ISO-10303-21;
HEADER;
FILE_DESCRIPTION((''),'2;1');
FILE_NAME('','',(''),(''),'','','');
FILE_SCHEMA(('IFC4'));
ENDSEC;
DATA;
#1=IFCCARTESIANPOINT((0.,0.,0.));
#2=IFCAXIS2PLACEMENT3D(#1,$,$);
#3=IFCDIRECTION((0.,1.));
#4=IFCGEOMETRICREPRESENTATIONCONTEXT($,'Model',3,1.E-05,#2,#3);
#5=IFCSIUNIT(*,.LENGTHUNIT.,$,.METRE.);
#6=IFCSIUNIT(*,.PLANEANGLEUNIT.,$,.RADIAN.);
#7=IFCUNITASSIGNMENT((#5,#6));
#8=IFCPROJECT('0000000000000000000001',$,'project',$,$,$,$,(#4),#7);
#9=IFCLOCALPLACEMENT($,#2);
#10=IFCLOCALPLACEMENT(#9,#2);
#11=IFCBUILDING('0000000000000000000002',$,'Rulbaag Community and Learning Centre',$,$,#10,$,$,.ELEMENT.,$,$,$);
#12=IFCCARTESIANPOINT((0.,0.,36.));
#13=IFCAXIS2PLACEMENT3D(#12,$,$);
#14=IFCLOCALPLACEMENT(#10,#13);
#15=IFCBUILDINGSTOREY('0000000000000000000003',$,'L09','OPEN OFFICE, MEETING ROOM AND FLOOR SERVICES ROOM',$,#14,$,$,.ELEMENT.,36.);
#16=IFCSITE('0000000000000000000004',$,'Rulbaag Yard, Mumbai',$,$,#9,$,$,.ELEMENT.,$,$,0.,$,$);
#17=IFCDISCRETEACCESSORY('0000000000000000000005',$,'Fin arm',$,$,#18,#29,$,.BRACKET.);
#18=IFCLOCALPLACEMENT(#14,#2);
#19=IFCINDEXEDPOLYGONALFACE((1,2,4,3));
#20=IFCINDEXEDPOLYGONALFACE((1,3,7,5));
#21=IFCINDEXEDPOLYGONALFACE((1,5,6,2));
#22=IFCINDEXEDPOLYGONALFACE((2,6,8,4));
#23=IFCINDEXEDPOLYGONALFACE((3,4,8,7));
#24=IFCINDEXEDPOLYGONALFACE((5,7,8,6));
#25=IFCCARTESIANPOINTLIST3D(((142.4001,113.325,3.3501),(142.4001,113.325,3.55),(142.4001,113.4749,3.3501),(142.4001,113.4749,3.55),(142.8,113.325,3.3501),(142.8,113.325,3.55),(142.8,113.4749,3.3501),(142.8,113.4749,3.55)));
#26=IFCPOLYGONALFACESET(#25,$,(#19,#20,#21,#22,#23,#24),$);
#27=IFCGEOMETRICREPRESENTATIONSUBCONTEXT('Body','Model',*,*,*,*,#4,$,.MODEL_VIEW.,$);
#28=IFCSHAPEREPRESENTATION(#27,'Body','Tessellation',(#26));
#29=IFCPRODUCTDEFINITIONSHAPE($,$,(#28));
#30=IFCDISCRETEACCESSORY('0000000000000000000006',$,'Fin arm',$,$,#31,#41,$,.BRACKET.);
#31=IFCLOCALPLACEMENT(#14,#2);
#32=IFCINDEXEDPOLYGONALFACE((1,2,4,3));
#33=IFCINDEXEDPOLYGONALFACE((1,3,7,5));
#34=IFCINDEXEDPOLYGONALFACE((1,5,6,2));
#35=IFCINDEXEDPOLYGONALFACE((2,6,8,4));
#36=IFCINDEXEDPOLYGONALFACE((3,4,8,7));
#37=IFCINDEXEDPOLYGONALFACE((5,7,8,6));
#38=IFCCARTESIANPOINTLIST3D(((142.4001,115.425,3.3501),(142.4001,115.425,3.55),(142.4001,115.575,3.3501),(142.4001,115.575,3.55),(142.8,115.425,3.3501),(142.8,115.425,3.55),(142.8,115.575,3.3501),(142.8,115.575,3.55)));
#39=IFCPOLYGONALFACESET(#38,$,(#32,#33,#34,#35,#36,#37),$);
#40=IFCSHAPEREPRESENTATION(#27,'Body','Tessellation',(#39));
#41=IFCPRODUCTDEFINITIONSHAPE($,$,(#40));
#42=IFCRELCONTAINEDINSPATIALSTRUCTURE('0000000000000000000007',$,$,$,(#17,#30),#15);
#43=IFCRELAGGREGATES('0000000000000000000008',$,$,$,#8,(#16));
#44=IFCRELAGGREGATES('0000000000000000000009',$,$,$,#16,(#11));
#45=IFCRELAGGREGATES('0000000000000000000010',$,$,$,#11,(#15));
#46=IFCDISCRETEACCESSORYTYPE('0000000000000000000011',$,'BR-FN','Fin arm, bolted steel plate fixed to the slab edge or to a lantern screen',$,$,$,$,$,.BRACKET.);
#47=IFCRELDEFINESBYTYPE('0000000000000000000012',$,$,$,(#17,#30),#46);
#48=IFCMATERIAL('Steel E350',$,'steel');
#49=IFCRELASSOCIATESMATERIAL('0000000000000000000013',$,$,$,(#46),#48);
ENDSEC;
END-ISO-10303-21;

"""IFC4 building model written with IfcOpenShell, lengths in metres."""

from ifc_helpers import new_model, si_unit, direction, frame, origin, origin_2d, place, context, subcontext, project, spatial, rectangle, extrude, material, type_object, element, save


model = new_model("IFC4")

# Units and contexts
model_context = context("Model", 3, precision=1e-05, world=origin(), true_north=direction((0.0, 1.0)))
body_context = subcontext(model_context, "Body", "Model", "MODEL_VIEW")
ifc_project = project(units=[si_unit("LENGTHUNIT", "METRE"), si_unit("PLANEANGLEUNIT", "RADIAN")], contexts=[model_context])

# Site, building, storey
site_placement = place(None, origin())
site = spatial("IfcSite", under=ifc_project, at=site_placement, Name="Rulbaag Yard, Mumbai", CompositionType="ELEMENT", RefElevation=0.0)
building_placement = place(site_placement, origin())
building = spatial("IfcBuilding", under=site, at=building_placement, Name="Rulbaag Community and Learning Centre", CompositionType="ELEMENT")
storey_placement = place(building_placement, frame((0.0, 0.0, 36.0)))
storey = spatial("IfcBuildingStorey", under=building, at=storey_placement, Name="L09", Description="OPEN OFFICE, MEETING ROOM AND FLOOR SERVICES ROOM", CompositionType="ELEMENT", Elevation=36.0)

# Discrete accessories
ifc_material_1 = material(Name="Steel E350", Category="steel")
discrete_accessory_type = type_object("IfcDiscreteAccessoryType", Name="BR-FN", Description="Fin arm, bolted steel plate fixed to the slab edge or to a lantern screen", PredefinedType="BRACKET", material=ifc_material_1)
for number, where, z_axis, x_axis, name in (
    (1, (142.6001, 113.3999, 3.3501), (0.0, 0.0, 1.0), (1.0, 0.0, 0.0), "Fin arm"),
    (2, (142.6001, 115.5, 3.3501), (0.0, 0.0, 1.0), (1.0, 0.0, 0.0), "Fin arm"),
):
    element("IfcDiscreteAccessory", number, at=place(storey_placement, frame(where, z_axis=z_axis, x_axis=x_axis)), inside=storey, type_object=discrete_accessory_type, Name=name, PredefinedType="BRACKET", context=body_context, shape_type="SweptSolid", body=[
        extrude(rectangle(XDim=0.3999, YDim=0.1499, at=origin_2d()), origin(), (0.0, 0.0, 1.0), 0.2),
    ])

save(model, "model.ifc")
